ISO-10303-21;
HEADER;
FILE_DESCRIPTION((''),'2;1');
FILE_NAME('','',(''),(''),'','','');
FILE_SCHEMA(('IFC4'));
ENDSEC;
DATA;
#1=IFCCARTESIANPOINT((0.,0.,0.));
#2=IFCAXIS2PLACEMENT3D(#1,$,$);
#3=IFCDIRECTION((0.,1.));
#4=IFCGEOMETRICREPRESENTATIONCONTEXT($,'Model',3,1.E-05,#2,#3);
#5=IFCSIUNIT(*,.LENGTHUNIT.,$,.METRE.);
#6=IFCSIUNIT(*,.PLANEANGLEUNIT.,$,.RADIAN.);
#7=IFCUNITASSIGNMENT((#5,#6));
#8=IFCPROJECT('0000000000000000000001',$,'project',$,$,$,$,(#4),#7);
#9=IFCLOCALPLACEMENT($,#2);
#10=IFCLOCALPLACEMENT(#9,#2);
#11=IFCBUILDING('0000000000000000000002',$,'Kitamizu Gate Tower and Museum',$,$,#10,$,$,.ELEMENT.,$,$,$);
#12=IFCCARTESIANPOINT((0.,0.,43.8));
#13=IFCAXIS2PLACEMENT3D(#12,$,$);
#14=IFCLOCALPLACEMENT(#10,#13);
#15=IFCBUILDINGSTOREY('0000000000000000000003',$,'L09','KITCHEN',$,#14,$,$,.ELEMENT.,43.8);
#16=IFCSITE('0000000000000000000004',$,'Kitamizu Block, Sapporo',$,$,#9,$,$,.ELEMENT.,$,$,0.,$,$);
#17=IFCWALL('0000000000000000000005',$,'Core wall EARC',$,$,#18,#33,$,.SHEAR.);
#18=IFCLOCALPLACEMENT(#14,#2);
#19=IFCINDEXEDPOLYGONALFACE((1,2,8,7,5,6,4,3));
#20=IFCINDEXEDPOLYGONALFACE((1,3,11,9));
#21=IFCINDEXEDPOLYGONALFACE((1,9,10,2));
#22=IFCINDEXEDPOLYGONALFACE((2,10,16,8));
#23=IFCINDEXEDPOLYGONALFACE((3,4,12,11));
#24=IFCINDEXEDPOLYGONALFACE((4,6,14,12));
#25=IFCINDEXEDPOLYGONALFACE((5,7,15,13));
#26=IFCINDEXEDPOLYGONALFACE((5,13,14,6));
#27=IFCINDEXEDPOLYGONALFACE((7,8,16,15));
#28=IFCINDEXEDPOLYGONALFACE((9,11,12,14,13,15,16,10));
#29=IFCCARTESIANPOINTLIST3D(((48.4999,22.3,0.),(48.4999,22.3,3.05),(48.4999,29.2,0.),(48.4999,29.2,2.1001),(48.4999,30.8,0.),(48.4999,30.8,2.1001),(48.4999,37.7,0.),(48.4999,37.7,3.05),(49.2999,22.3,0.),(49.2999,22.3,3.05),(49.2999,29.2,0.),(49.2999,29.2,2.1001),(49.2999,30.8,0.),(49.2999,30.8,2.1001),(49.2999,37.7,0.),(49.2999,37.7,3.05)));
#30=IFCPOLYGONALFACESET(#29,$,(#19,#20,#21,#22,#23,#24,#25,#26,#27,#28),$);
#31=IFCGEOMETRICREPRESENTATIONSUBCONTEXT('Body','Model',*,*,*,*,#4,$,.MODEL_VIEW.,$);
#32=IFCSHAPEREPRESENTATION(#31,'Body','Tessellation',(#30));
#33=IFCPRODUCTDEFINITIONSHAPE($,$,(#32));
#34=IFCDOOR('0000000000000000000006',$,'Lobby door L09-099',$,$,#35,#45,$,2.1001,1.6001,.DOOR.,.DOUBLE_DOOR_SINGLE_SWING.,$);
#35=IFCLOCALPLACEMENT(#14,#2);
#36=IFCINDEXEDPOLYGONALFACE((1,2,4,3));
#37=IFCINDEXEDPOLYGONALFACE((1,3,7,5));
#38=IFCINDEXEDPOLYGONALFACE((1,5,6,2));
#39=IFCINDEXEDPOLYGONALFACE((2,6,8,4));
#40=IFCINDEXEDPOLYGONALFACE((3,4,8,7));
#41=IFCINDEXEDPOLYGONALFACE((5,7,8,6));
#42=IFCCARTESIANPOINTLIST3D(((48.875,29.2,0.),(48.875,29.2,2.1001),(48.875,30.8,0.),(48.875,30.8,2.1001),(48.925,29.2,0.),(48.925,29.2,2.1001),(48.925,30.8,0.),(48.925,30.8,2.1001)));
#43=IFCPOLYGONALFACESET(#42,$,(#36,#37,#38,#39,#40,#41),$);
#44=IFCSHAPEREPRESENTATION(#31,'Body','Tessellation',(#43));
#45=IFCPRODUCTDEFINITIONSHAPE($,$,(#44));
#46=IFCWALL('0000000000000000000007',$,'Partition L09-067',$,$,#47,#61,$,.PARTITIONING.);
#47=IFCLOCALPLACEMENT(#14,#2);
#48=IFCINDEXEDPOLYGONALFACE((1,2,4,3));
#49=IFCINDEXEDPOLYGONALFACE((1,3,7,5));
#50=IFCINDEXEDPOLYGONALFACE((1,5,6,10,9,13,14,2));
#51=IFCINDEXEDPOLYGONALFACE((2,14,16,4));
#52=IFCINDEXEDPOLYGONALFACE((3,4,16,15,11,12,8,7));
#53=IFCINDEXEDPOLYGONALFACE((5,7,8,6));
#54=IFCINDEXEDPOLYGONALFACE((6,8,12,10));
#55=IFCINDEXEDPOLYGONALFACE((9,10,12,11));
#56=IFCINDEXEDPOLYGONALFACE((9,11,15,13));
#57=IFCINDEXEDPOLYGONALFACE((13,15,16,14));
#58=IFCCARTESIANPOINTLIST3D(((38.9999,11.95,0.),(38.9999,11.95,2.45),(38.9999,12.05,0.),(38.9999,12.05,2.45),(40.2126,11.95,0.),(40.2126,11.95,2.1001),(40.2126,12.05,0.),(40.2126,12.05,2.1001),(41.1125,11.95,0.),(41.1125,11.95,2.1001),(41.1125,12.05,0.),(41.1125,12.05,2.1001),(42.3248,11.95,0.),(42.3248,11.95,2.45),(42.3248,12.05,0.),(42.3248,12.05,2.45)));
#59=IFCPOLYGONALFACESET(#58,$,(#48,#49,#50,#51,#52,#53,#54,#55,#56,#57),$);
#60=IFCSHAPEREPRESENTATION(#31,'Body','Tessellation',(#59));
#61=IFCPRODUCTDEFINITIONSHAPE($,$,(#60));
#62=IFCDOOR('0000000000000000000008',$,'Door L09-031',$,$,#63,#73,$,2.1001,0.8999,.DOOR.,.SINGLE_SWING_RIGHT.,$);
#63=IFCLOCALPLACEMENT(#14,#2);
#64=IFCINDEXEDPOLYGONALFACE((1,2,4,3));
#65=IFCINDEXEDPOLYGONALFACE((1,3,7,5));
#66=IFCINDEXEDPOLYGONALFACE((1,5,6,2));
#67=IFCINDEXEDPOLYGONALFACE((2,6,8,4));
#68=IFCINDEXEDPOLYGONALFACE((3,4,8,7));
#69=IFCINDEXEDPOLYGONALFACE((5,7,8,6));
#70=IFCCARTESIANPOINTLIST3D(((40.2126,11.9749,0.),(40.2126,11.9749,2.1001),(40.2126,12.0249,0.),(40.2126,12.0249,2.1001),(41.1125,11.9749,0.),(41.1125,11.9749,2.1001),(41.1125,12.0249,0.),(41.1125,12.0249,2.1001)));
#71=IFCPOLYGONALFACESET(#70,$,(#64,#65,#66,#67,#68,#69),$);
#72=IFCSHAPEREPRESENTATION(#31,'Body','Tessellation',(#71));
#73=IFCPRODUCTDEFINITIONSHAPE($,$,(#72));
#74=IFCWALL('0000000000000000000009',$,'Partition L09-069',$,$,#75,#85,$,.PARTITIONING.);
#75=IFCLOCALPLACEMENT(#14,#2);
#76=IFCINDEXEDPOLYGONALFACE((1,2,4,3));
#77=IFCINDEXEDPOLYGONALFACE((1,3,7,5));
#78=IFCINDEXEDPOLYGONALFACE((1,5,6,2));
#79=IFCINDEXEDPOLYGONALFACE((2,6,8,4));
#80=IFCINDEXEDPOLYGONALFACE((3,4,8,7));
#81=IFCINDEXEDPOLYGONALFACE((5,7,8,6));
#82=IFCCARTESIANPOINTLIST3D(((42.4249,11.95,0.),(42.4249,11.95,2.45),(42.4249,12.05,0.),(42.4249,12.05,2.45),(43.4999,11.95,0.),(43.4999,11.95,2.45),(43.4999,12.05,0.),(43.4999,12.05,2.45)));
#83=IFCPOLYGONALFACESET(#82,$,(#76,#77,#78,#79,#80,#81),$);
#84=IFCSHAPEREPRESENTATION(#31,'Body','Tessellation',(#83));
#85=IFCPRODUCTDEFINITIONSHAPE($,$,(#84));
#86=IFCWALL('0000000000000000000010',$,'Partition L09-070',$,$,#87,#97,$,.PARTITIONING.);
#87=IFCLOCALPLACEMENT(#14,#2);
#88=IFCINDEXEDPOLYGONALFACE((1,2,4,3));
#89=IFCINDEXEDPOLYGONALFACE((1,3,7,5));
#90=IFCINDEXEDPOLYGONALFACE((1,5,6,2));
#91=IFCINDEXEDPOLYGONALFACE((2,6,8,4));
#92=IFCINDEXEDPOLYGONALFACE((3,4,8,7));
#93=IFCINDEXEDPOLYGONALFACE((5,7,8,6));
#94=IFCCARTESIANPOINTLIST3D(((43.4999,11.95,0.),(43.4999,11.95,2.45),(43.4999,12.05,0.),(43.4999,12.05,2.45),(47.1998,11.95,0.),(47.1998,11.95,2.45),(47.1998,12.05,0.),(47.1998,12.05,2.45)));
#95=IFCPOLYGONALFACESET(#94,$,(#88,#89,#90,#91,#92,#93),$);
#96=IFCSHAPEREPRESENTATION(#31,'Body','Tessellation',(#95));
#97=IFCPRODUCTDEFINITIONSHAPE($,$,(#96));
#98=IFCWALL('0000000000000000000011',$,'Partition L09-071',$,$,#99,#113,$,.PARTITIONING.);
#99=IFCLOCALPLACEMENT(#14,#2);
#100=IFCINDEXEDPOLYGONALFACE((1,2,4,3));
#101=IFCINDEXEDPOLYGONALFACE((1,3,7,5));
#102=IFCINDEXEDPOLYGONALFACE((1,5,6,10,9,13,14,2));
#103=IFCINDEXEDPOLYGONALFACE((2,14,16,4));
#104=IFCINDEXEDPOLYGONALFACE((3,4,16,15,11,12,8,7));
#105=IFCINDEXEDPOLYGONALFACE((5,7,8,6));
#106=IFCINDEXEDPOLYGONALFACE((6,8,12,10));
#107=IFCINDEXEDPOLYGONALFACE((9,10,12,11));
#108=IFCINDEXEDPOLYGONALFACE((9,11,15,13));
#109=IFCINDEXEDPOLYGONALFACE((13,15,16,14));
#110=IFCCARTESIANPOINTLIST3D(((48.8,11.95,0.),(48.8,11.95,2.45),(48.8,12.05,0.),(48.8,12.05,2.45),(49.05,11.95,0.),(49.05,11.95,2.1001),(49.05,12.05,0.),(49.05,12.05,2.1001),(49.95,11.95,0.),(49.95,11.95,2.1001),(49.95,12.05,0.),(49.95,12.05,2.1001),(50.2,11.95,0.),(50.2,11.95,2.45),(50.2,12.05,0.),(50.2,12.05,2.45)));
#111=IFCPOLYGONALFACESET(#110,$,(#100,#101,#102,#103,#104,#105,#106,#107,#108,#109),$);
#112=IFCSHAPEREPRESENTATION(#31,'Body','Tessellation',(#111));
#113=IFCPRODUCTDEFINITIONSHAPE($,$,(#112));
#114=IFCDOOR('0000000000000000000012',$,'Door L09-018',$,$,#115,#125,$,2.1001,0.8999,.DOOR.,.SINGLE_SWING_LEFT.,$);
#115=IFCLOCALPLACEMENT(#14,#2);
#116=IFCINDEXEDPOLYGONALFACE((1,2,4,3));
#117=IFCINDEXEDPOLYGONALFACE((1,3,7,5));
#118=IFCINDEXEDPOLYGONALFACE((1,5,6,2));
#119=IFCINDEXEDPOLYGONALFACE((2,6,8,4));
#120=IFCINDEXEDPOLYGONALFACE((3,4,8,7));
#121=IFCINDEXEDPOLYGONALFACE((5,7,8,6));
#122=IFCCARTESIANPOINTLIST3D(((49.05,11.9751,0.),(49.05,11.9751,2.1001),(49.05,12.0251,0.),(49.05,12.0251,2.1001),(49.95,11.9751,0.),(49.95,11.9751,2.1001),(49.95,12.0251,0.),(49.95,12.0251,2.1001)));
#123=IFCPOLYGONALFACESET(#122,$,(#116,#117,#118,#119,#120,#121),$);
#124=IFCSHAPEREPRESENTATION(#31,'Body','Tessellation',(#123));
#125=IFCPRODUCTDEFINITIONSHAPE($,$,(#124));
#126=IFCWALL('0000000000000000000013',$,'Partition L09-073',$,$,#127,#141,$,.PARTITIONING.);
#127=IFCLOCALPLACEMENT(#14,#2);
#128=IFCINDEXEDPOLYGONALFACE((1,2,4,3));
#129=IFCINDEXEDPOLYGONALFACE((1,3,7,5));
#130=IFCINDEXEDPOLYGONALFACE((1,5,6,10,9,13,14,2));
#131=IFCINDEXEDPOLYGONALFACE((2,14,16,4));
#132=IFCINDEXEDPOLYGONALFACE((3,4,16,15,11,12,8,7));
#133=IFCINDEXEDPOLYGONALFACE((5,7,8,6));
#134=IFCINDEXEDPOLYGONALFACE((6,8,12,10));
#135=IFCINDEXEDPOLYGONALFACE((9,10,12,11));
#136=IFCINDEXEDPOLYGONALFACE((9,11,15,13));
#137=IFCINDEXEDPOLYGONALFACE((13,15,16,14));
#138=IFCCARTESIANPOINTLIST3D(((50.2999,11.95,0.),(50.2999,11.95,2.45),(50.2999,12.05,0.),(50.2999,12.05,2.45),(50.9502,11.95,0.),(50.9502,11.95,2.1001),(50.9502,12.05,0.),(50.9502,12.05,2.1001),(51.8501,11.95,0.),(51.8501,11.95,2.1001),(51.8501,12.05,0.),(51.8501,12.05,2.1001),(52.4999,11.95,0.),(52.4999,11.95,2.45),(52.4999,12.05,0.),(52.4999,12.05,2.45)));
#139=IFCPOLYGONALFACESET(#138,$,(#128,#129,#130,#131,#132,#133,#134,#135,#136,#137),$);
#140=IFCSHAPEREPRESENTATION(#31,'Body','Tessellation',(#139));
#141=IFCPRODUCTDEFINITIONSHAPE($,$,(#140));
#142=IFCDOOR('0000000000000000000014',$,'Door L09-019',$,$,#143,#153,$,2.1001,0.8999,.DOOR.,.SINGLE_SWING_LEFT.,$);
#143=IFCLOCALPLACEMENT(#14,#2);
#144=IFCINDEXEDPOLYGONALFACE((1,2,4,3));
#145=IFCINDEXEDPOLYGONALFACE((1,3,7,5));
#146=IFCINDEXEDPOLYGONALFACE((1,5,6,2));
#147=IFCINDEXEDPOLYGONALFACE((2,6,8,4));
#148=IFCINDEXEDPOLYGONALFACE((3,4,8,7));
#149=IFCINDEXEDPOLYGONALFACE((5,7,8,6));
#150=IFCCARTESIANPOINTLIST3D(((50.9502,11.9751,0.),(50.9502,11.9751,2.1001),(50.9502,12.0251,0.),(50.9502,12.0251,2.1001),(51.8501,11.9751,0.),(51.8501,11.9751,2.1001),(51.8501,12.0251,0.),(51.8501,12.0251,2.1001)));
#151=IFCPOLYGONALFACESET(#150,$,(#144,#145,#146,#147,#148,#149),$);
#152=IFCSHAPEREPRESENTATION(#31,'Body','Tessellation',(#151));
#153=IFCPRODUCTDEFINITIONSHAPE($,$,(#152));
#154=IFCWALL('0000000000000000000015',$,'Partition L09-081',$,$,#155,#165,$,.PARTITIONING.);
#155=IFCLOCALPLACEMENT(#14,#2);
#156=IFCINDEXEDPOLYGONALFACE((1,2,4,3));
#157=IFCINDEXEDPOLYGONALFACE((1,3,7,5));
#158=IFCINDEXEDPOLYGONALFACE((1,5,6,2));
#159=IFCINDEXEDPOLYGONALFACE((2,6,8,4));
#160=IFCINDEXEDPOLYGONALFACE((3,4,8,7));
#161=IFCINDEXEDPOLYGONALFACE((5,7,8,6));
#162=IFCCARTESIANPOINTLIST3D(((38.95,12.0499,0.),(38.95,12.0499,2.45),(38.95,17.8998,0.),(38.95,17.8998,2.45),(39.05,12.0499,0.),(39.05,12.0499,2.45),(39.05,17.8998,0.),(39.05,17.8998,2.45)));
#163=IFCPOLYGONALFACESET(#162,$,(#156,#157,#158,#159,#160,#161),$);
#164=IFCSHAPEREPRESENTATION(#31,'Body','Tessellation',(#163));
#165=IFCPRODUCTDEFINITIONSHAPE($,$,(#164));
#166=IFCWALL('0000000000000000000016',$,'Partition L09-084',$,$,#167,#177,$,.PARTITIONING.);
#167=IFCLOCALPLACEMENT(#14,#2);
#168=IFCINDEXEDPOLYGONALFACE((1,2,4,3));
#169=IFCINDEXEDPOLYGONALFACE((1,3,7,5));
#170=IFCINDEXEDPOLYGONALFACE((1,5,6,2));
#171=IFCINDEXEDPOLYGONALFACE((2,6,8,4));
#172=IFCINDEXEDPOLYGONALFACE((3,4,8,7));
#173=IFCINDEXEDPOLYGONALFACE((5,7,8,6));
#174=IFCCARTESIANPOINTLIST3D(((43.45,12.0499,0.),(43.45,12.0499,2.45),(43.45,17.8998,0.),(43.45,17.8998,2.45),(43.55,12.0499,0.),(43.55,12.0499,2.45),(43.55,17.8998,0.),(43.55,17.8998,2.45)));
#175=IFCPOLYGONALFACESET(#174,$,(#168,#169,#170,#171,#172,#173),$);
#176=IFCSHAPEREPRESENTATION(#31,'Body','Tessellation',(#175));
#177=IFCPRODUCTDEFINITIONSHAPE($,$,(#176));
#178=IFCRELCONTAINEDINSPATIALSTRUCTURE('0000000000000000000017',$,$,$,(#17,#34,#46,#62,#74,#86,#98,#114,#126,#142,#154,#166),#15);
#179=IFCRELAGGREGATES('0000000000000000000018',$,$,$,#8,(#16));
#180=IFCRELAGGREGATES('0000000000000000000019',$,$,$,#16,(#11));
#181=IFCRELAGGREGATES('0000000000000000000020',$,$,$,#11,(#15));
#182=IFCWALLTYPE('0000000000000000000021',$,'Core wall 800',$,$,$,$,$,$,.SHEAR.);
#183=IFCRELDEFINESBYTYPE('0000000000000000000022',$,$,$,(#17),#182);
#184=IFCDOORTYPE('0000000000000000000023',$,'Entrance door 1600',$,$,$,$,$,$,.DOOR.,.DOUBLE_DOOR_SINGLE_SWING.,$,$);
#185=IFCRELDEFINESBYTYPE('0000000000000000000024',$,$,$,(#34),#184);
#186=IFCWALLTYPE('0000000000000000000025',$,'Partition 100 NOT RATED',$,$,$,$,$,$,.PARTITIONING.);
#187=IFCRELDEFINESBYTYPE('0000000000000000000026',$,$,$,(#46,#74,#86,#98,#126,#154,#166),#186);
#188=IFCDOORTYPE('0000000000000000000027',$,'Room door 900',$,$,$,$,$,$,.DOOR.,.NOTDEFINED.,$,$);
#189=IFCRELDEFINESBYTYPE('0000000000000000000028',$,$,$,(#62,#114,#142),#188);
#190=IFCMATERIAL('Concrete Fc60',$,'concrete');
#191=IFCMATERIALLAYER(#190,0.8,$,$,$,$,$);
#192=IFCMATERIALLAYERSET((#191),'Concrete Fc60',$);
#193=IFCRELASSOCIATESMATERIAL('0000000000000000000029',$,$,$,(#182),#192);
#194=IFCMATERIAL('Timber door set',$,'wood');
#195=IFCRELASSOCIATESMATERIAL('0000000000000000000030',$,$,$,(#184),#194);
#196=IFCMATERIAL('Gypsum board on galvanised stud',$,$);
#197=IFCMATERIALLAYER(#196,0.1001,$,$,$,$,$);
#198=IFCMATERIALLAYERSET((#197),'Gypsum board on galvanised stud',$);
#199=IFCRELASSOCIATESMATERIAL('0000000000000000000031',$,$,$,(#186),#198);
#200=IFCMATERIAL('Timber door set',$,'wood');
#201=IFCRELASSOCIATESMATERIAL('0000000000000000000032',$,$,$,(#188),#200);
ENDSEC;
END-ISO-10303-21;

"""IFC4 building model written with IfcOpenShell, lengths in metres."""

from ifc_helpers import new_model, si_unit, direction, frame, frame_2d, origin, place, context, subcontext, project, spatial, rectangle, extrude, material, layer, layer_set, type_object, element, fill, save


model = new_model("IFC4")

# Units and contexts
model_context = context("Model", 3, precision=1e-05, world=origin(), true_north=direction((0.0, 1.0)))
body_context = subcontext(model_context, "Body", "Model", "MODEL_VIEW")
ifc_project = project(units=[si_unit("LENGTHUNIT", "METRE"), si_unit("PLANEANGLEUNIT", "RADIAN")], contexts=[model_context])

# Site, building, storey
site_placement = place(None, origin())
site = spatial("IfcSite", under=ifc_project, at=site_placement, Name="Kitamizu Block, Sapporo", CompositionType="ELEMENT", RefElevation=0.0)
building_placement = place(site_placement, origin())
building = spatial("IfcBuilding", under=site, at=building_placement, Name="Kitamizu Gate Tower and Museum", CompositionType="ELEMENT")
storey_placement = place(building_placement, frame((0.0, 0.0, 43.8)))
storey = spatial("IfcBuildingStorey", under=building, at=storey_placement, Name="L09", Description="KITCHEN", CompositionType="ELEMENT", Elevation=43.8)

# Walls, openings, doors
ifc_material_1 = material(Name="Concrete Fc60", Category="concrete")
ifc_layer_1 = layer(ifc_material_1, 0.8)
ifc_layer_set_1 = layer_set([ifc_layer_1], Name="Concrete Fc60")
wall_type_1 = type_object("IfcWallType", Name="Core wall 800", PredefinedType="SHEAR", material=ifc_layer_set_1)
wall_1_placement = place(storey_placement, frame((48.8999, 22.3, 0.0), z_axis=(0.0, 0.0, 1.0), x_axis=(0.0, 1.0, 0.0)))
wall_1 = element("IfcWall", 1, at=wall_1_placement, inside=storey, type_object=wall_type_1, Name="Core wall EARC", PredefinedType="SHEAR", context=body_context, shape_type="SweptSolid", body=[
    extrude(rectangle(XDim=15.3999, YDim=0.8, at=frame_2d((7.7, 0.0))), origin(), (0.0, 0.0, 1.0), 3.05),
])
opening_1_placement = place(wall_1_placement, frame((6.8999, 0.0, 0.0)))
opening_1 = element("IfcOpeningElement", 2, at=opening_1_placement, cuts=wall_1, PredefinedType="OPENING", context=body_context, shape_type="SweptSolid", body=[
    extrude(rectangle(XDim=1.6001, YDim=2.1001, at=frame_2d((0.8, 1.05))), frame((0.0, 0.4102, 0.0), z_axis=(0.0, -1.0, 0.0), x_axis=(1.0, 0.0, 0.0)), (0.0, 0.0, 1.0), 0.8201),
])
ifc_material_2 = material(Name="Timber door set", Category="wood")
door_type_1 = type_object("IfcDoorType", Name="Entrance door 1600", OperationType="DOUBLE_DOOR_SINGLE_SWING", PredefinedType="DOOR", material=ifc_material_2)
door_1_placement = place(opening_1_placement, origin())
door_1 = element("IfcDoor", 3, at=door_1_placement, inside=storey, type_object=door_type_1, Name="Lobby door L09-099", OperationType="DOUBLE_DOOR_SINGLE_SWING", OverallHeight=2.1001, OverallWidth=1.6001, PredefinedType="DOOR", context=body_context, shape_type="SweptSolid", body=[
    extrude(rectangle(XDim=1.6001, YDim=2.1001, at=frame_2d((0.8, 1.05))), frame((0.0, 0.0249, 0.0), z_axis=(0.0, -1.0, 0.0), x_axis=(1.0, 0.0, 0.0)), (0.0, 0.0, 1.0), 0.05),
])
fill(opening_1, door_1)
ifc_material_3 = material(Name="Gypsum board on galvanised stud")
ifc_layer_2 = layer(ifc_material_3, 0.1001)
ifc_layer_set_2 = layer_set([ifc_layer_2], Name="Gypsum board on galvanised stud")
wall_type_2 = type_object("IfcWallType", Name="Partition 100 NOT RATED", PredefinedType="PARTITIONING", material=ifc_layer_set_2)
wall_2_placement = place(storey_placement, frame((42.325, 12.0, 0.0), z_axis=(0.0, 0.0, 1.0), x_axis=(-1.0, 0.0, 0.0)))
wall_2 = element("IfcWall", 4, at=wall_2_placement, inside=storey, type_object=wall_type_2, Name="Partition L09-067", PredefinedType="PARTITIONING", context=body_context, shape_type="SweptSolid", body=[
    extrude(rectangle(XDim=3.325, YDim=0.1001, at=frame_2d((1.6626, 0.0))), origin(), (0.0, 0.0, 1.0), 2.45),
])
opening_2_placement = place(wall_2_placement, frame((1.2124, 0.0, 0.0)))
opening_2 = element("IfcOpeningElement", 5, at=opening_2_placement, cuts=wall_2, PredefinedType="OPENING", context=body_context, shape_type="SweptSolid", body=[
    extrude(rectangle(XDim=0.8999, YDim=2.1001, at=frame_2d((0.45, 1.05))), frame((0.0, 0.0601, 0.0), z_axis=(0.0, -1.0, 0.0), x_axis=(1.0, 0.0, 0.0)), (0.0, 0.0, 1.0), 0.1201),
])
ifc_material_4 = material(Name="Timber door set", Category="wood")
door_type_2 = type_object("IfcDoorType", Name="Room door 900", OperationType="NOTDEFINED", PredefinedType="DOOR", material=ifc_material_4)
door_2_placement = place(opening_2_placement, frame((0.8999, 0.0, 0.0), x_axis=(-1.0, 0.0, 0.0)))
door_2 = element("IfcDoor", 6, at=door_2_placement, inside=storey, type_object=door_type_2, Name="Door L09-031", OperationType="SINGLE_SWING_RIGHT", OverallHeight=2.1001, OverallWidth=0.8999, PredefinedType="DOOR", context=body_context, shape_type="SweptSolid", body=[
    extrude(rectangle(XDim=0.8999, YDim=2.1001, at=frame_2d((0.45, 1.05))), frame((0.0, 0.0249, 0.0), z_axis=(0.0, -1.0, 0.0), x_axis=(1.0, 0.0, 0.0)), (0.0, 0.0, 1.0), 0.05),
])
fill(opening_2, door_2)

# Walls
wall_3_placement = place(storey_placement, frame((43.5, 12.0, 0.0), z_axis=(0.0, 0.0, 1.0), x_axis=(-1.0, 0.0, 0.0)))
element("IfcWall", 7, at=wall_3_placement, inside=storey, type_object=wall_type_2, Name="Partition L09-069", PredefinedType="PARTITIONING", context=body_context, shape_type="SweptSolid", body=[
    extrude(rectangle(XDim=1.075, YDim=0.1001, at=frame_2d((0.5376, 0.0))), origin(), (0.0, 0.0, 1.0), 2.45),
])
wall_4_placement = place(storey_placement, frame((47.2, 12.0, 0.0), z_axis=(0.0, 0.0, 1.0), x_axis=(-1.0, 0.0, 0.0)))
element("IfcWall", 8, at=wall_4_placement, inside=storey, type_object=wall_type_2, Name="Partition L09-070", PredefinedType="PARTITIONING", context=body_context, shape_type="SweptSolid", body=[
    extrude(rectangle(XDim=3.7, YDim=0.1001, at=frame_2d((1.8501, 0.0))), origin(), (0.0, 0.0, 1.0), 2.45),
])

# Walls, openings, doors
wall_5_placement = place(storey_placement, frame((50.2, 12.0, 0.0), z_axis=(0.0, 0.0, 1.0), x_axis=(-1.0, 0.0, 0.0)))
wall_5 = element("IfcWall", 9, at=wall_5_placement, inside=storey, type_object=wall_type_2, Name="Partition L09-071", PredefinedType="PARTITIONING", context=body_context, shape_type="SweptSolid", body=[
    extrude(rectangle(XDim=1.3999, YDim=0.1001, at=frame_2d((0.7, 0.0))), origin(), (0.0, 0.0, 1.0), 2.45),
])
opening_3_placement = place(wall_5_placement, frame((0.25, 0.0, 0.0)))
opening_3 = element("IfcOpeningElement", 10, at=opening_3_placement, cuts=wall_5, PredefinedType="OPENING", context=body_context, shape_type="SweptSolid", body=[
    extrude(rectangle(XDim=0.8999, YDim=2.1001, at=frame_2d((0.45, 1.05))), frame((0.0, 0.0601, 0.0), z_axis=(0.0, -1.0, 0.0), x_axis=(1.0, 0.0, 0.0)), (0.0, 0.0, 1.0), 0.1201),
])
door_3_placement = place(opening_3_placement, origin())
door_3 = element("IfcDoor", 11, at=door_3_placement, inside=storey, type_object=door_type_2, Name="Door L09-018", OperationType="SINGLE_SWING_LEFT", OverallHeight=2.1001, OverallWidth=0.8999, PredefinedType="DOOR", context=body_context, shape_type="SweptSolid", body=[
    extrude(rectangle(XDim=0.8999, YDim=2.1001, at=frame_2d((0.45, 1.05))), frame((0.0, 0.0249, 0.0), z_axis=(0.0, -1.0, 0.0), x_axis=(1.0, 0.0, 0.0)), (0.0, 0.0, 1.0), 0.05),
])
fill(opening_3, door_3)
wall_6_placement = place(storey_placement, frame((52.5, 12.0, 0.0), z_axis=(0.0, 0.0, 1.0), x_axis=(-1.0, 0.0, 0.0)))
wall_6 = element("IfcWall", 12, at=wall_6_placement, inside=storey, type_object=wall_type_2, Name="Partition L09-073", PredefinedType="PARTITIONING", context=body_context, shape_type="SweptSolid", body=[
    extrude(rectangle(XDim=2.2, YDim=0.1001, at=frame_2d((1.1001, 0.0))), origin(), (0.0, 0.0, 1.0), 2.45),
])
opening_4_placement = place(wall_6_placement, frame((0.6499, 0.0, 0.0)))
opening_4 = element("IfcOpeningElement", 13, at=opening_4_placement, cuts=wall_6, PredefinedType="OPENING", context=body_context, shape_type="SweptSolid", body=[
    extrude(rectangle(XDim=0.8999, YDim=2.1001, at=frame_2d((0.45, 1.05))), frame((0.0, 0.0601, 0.0), z_axis=(0.0, -1.0, 0.0), x_axis=(1.0, 0.0, 0.0)), (0.0, 0.0, 1.0), 0.1201),
])
door_4_placement = place(opening_4_placement, origin())
door_4 = element("IfcDoor", 14, at=door_4_placement, inside=storey, type_object=door_type_2, Name="Door L09-019", OperationType="SINGLE_SWING_LEFT", OverallHeight=2.1001, OverallWidth=0.8999, PredefinedType="DOOR", context=body_context, shape_type="SweptSolid", body=[
    extrude(rectangle(XDim=0.8999, YDim=2.1001, at=frame_2d((0.45, 1.05))), frame((0.0, 0.0249, 0.0), z_axis=(0.0, -1.0, 0.0), x_axis=(1.0, 0.0, 0.0)), (0.0, 0.0, 1.0), 0.05),
])
fill(opening_4, door_4)

# Walls
for number, where, z_axis, x_axis, name in (
    (15, (39.0, 12.05, 0.0), (0.0, 0.0, 1.0), (0.0, 1.0, 0.0), "Partition L09-081"),
    (16, (43.5, 12.05, 0.0), (0.0, 0.0, 1.0), (0.0, 1.0, 0.0), "Partition L09-084"),
):
    element("IfcWall", number, at=place(storey_placement, frame(where, z_axis=z_axis, x_axis=x_axis)), inside=storey, type_object=wall_type_2, Name=name, PredefinedType="PARTITIONING", context=body_context, shape_type="SweptSolid", body=[
        extrude(rectangle(XDim=5.8499, YDim=0.1001, at=frame_2d((2.9248, 0.0))), origin(), (0.0, 0.0, 1.0), 2.45),
    ])

save(model, "model.ifc")
